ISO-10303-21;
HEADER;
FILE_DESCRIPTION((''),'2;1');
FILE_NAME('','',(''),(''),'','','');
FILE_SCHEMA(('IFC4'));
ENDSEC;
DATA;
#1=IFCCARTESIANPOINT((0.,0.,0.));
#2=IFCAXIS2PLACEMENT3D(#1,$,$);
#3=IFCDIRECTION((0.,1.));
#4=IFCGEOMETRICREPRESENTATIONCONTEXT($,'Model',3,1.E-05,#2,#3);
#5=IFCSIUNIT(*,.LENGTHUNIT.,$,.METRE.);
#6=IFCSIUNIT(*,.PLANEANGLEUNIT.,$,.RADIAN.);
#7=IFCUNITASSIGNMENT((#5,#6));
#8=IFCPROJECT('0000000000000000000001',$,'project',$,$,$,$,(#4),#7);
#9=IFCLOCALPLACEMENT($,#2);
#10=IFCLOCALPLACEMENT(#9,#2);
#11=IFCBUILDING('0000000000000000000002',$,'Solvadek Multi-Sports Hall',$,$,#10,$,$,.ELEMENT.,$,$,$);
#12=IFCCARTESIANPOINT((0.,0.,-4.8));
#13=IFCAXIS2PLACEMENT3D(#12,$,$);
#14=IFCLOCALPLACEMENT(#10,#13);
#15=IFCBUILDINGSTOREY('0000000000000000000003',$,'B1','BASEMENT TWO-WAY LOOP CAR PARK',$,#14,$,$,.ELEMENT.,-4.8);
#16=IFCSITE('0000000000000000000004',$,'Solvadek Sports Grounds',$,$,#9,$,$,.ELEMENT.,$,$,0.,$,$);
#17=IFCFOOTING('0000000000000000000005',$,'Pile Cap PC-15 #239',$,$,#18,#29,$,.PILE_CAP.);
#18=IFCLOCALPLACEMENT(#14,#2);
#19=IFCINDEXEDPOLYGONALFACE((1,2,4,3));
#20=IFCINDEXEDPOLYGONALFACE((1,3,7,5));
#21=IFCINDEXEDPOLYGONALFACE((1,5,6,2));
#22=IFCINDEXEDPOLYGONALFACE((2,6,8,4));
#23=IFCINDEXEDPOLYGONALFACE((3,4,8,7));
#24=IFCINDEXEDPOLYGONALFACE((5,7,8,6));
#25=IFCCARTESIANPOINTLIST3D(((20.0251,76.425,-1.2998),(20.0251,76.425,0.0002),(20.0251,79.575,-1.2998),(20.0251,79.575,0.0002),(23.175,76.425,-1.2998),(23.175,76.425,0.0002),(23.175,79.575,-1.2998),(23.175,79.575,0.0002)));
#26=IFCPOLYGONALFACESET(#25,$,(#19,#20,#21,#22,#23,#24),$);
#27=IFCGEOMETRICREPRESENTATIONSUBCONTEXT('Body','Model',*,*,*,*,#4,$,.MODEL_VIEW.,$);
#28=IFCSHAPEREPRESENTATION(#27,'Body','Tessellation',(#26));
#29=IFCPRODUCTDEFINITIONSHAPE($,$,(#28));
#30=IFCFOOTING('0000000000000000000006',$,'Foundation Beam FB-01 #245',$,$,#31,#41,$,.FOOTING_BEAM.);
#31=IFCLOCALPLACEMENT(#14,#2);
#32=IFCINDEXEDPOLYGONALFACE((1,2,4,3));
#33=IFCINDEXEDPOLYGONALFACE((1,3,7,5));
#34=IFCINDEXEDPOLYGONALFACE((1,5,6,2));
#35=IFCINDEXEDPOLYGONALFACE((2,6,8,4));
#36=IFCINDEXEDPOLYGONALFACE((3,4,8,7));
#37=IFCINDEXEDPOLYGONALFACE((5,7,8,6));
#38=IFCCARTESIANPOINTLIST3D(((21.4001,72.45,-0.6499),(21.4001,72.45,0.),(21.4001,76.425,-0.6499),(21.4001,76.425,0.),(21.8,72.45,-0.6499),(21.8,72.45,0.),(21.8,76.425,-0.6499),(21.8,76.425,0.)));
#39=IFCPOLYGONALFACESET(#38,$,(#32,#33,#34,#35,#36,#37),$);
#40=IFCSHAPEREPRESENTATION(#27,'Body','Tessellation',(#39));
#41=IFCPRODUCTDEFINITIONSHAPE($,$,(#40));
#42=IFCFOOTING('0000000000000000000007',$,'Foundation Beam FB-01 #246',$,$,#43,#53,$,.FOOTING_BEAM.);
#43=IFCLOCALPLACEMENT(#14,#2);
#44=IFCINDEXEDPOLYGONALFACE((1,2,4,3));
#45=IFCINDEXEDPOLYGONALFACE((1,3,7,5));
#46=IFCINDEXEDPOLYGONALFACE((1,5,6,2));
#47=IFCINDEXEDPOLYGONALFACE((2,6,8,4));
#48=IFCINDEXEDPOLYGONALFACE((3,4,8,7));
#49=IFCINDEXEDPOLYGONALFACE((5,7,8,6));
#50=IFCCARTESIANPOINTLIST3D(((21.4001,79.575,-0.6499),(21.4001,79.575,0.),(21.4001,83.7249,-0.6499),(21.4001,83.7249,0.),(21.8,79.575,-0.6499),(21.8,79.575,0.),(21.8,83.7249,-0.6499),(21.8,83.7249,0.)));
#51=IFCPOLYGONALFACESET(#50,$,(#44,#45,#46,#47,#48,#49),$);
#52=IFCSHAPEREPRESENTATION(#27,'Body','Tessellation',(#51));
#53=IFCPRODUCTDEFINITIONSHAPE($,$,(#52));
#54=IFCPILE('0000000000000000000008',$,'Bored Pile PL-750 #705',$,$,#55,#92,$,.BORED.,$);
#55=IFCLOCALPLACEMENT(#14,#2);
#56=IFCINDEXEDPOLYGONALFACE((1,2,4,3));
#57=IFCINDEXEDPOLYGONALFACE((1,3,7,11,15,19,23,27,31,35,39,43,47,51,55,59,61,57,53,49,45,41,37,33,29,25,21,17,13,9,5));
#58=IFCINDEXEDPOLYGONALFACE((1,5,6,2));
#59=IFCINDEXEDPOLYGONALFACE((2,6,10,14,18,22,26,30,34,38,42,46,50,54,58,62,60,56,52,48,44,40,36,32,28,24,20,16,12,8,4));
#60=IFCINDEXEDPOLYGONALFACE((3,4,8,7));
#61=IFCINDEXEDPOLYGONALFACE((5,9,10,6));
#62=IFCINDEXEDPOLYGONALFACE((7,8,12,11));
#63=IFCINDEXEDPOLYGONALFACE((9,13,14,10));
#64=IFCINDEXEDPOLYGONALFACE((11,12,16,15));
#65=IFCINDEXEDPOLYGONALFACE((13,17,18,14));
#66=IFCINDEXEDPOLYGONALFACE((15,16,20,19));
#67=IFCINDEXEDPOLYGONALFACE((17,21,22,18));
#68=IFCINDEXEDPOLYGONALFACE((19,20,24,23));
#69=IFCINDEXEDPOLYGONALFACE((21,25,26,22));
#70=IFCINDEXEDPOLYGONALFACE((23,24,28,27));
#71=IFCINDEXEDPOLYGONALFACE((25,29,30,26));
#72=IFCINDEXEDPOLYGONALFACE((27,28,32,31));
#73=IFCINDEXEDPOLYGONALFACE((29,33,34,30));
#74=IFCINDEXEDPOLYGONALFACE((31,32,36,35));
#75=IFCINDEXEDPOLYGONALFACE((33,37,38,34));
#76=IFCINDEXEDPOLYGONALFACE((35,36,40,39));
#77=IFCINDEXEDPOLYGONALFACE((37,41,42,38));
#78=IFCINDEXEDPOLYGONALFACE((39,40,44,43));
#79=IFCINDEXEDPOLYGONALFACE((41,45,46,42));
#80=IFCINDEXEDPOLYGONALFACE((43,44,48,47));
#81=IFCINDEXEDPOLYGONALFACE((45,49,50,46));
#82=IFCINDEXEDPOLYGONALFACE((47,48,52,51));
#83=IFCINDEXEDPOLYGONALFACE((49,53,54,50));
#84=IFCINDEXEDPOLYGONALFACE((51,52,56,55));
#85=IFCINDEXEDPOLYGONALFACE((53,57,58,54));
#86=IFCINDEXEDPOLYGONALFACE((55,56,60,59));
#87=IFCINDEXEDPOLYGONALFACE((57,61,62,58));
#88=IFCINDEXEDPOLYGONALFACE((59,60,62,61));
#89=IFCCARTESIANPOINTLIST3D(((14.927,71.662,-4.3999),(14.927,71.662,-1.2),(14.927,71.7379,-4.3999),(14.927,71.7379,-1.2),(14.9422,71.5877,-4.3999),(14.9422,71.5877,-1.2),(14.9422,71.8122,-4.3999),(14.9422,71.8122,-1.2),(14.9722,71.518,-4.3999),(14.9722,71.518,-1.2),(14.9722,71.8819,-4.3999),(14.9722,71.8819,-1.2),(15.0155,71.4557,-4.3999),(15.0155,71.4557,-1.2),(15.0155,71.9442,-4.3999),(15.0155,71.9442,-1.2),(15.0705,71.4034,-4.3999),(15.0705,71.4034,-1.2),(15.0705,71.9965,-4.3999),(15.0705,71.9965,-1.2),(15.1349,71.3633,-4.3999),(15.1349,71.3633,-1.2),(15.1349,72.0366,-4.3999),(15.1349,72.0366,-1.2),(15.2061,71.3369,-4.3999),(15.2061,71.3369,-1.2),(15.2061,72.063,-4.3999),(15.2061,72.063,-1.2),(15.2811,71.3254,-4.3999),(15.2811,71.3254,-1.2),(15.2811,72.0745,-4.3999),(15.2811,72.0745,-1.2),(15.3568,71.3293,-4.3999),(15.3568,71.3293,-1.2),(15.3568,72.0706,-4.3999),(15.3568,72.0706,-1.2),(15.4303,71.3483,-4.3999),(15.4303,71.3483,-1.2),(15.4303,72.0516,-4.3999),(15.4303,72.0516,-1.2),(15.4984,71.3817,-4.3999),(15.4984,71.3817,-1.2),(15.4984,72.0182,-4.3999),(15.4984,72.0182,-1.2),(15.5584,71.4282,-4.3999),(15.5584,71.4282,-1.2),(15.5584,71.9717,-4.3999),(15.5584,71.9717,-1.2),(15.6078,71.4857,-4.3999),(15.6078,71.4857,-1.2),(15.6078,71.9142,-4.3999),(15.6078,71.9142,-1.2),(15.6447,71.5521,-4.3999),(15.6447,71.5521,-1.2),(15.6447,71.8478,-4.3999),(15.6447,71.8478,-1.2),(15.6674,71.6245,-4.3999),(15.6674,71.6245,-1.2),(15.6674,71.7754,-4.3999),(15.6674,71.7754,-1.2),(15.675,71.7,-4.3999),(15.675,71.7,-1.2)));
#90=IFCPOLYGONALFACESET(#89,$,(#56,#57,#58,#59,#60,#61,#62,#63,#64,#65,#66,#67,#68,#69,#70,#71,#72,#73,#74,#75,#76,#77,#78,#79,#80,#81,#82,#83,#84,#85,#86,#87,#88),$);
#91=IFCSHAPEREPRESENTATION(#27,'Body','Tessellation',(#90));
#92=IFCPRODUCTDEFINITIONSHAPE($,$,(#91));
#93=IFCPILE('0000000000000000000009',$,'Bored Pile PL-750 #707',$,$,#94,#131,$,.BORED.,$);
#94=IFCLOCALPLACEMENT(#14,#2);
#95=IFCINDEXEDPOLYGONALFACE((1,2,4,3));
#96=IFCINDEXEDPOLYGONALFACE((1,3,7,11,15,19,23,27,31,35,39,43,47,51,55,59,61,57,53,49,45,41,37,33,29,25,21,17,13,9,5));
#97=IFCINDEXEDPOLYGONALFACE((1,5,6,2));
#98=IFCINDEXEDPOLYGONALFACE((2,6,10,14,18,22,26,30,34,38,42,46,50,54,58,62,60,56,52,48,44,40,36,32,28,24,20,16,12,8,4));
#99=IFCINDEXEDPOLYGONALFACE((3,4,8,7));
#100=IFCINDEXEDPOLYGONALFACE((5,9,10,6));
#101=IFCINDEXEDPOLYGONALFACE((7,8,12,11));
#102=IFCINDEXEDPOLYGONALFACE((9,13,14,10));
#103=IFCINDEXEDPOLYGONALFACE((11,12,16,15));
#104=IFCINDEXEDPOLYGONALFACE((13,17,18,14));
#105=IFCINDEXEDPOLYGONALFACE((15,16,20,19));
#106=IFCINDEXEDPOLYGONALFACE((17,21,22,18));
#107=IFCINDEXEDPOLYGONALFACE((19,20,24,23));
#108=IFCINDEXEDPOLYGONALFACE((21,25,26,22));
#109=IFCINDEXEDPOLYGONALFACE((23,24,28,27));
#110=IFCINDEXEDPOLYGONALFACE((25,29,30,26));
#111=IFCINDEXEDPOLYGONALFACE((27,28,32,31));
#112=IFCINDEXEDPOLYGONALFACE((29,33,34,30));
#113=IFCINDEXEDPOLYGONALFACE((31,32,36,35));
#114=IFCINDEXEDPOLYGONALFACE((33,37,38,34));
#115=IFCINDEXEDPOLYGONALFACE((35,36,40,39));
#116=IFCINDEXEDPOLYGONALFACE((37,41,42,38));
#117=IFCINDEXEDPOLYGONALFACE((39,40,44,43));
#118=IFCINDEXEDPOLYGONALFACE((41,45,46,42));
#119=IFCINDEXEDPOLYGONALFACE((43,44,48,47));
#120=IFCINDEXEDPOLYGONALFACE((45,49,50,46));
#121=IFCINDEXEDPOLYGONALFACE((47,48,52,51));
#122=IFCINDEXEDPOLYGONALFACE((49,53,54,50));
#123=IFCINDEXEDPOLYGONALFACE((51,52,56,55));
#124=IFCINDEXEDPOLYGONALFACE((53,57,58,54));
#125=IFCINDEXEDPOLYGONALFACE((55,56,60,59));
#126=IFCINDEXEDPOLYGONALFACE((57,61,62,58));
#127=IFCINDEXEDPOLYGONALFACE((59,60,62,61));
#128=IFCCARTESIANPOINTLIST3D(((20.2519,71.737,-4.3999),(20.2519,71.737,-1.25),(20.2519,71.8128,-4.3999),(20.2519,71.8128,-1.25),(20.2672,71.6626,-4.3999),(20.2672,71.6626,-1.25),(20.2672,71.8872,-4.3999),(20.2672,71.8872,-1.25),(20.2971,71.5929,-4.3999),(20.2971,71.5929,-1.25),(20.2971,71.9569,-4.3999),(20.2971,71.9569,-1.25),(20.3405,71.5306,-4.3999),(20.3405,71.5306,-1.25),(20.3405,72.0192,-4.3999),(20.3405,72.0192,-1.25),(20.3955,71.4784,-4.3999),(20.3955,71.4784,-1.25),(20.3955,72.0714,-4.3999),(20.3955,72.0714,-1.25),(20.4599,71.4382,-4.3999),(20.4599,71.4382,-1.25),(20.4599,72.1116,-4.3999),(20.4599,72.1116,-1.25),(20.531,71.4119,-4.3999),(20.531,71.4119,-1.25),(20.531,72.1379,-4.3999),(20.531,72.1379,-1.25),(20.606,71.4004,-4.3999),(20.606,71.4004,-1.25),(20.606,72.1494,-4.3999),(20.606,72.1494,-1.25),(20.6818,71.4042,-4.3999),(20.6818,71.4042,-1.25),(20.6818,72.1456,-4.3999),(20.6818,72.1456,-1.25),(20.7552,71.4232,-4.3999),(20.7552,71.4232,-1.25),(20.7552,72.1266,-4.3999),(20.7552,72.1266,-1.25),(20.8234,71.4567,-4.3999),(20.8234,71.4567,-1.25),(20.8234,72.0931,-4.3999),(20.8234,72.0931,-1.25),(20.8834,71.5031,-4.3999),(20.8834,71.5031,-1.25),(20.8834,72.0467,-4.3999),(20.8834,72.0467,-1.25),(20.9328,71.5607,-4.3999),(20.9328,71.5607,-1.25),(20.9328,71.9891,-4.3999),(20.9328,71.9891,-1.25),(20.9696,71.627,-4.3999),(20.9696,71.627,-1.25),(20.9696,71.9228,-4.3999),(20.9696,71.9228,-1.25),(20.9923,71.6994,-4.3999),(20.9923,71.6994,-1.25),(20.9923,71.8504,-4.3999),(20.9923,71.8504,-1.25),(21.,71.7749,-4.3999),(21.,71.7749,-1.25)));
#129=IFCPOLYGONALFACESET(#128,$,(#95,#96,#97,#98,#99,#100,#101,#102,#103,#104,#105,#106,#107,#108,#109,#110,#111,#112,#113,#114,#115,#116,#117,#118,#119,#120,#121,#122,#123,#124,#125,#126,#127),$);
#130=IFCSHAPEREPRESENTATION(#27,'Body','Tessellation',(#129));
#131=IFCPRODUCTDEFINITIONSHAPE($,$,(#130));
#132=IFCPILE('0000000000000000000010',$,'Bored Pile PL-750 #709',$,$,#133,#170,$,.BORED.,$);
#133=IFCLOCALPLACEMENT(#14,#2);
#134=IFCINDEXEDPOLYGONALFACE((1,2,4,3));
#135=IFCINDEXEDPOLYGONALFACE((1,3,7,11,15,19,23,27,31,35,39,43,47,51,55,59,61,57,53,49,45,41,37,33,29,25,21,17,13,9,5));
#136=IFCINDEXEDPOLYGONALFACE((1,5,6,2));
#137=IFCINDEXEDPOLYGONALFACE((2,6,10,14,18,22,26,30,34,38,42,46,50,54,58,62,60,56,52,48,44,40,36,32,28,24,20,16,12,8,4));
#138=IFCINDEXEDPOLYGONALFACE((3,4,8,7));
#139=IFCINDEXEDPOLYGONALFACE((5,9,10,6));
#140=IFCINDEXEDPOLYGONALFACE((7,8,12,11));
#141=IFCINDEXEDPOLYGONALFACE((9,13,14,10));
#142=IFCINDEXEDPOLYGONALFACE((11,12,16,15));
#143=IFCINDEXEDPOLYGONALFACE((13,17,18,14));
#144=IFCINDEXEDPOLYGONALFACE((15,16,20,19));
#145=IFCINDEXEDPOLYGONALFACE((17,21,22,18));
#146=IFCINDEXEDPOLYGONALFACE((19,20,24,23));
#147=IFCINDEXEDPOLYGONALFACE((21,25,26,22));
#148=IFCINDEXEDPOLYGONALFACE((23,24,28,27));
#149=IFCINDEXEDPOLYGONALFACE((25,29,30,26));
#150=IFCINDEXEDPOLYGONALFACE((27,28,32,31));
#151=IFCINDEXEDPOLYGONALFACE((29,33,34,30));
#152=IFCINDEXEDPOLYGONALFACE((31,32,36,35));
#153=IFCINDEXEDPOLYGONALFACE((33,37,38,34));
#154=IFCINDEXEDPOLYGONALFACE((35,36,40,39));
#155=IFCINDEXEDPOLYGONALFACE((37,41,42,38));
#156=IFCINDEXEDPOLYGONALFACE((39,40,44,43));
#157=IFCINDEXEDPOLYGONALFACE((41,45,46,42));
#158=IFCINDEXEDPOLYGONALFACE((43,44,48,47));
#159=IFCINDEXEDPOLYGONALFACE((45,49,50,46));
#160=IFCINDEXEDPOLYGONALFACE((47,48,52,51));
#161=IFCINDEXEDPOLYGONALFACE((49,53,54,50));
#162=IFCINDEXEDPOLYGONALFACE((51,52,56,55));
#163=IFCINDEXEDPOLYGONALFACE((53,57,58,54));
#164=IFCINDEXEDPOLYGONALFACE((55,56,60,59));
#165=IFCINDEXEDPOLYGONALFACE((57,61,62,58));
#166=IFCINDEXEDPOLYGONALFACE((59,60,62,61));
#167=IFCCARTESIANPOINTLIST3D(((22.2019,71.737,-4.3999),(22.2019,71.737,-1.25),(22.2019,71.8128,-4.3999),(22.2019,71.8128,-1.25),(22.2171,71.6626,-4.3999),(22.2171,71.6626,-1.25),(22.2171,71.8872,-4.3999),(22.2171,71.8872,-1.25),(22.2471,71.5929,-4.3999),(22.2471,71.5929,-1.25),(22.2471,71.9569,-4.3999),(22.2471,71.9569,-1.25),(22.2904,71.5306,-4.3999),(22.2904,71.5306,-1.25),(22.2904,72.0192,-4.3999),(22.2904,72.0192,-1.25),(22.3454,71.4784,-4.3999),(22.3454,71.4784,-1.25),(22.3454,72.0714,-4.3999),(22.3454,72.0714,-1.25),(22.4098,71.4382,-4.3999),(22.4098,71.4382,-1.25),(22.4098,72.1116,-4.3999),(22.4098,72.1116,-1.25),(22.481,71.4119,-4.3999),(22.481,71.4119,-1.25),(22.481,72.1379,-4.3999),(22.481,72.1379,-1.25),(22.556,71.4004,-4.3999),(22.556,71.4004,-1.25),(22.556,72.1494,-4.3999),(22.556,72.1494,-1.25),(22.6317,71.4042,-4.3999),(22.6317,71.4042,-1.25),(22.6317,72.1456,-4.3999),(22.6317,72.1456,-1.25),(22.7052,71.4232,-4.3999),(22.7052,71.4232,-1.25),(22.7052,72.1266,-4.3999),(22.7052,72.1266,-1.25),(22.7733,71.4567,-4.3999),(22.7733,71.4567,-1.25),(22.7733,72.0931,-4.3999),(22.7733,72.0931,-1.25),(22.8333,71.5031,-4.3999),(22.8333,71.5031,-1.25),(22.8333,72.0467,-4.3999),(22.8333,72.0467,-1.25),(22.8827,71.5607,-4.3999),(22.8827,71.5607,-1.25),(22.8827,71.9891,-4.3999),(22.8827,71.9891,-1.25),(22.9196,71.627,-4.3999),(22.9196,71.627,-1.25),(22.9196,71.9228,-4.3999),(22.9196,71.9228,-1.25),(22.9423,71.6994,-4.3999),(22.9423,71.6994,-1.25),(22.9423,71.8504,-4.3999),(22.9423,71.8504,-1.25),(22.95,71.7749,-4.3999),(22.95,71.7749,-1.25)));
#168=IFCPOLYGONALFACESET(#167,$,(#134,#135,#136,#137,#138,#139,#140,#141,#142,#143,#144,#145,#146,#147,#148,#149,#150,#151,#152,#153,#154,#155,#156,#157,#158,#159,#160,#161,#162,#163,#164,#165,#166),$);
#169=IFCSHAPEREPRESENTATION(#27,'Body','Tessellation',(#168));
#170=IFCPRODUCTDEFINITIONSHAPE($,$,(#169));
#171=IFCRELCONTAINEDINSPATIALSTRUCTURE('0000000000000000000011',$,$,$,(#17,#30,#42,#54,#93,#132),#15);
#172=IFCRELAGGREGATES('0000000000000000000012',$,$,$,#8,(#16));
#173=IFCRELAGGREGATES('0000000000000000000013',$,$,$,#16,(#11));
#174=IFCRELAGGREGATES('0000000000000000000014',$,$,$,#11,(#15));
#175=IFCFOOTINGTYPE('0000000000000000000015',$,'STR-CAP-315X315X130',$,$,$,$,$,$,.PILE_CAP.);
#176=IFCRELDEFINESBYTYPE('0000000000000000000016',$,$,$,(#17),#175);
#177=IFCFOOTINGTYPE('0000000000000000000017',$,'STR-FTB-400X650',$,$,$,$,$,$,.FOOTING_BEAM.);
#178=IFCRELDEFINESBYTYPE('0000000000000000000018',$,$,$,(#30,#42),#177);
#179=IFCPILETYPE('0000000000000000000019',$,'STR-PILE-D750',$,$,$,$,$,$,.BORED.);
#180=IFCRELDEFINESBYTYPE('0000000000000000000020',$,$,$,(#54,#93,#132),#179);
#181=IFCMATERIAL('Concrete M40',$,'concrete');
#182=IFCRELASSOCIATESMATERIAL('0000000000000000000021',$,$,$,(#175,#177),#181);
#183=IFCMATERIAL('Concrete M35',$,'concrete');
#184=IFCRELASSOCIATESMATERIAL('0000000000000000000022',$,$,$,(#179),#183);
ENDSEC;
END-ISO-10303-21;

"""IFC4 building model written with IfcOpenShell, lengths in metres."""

from ifc_helpers import new_model, si_unit, direction, frame, origin, origin_2d, place, context, subcontext, project, spatial, rectangle, circle, extrude, material, material_profile, profile_set, type_object, element, save


model = new_model("IFC4")

# Units and contexts
model_context = context("Model", 3, precision=1e-05, world=origin(), true_north=direction((0.0, 1.0)))
body_context = subcontext(model_context, "Body", "Model", "MODEL_VIEW")
ifc_project = project(units=[si_unit("LENGTHUNIT", "METRE"), si_unit("PLANEANGLEUNIT", "RADIAN")], contexts=[model_context])

# Site, building, storey
site_placement = place(None, origin())
site = spatial("IfcSite", under=ifc_project, at=site_placement, Name="Solvadek Sports Grounds", CompositionType="ELEMENT", RefElevation=0.0)
building_placement = place(site_placement, origin())
building = spatial("IfcBuilding", under=site, at=building_placement, Name="Solvadek Multi-Sports Hall", CompositionType="ELEMENT")
storey_placement = place(building_placement, frame((0.0, 0.0, -4.8)))
storey = spatial("IfcBuildingStorey", under=building, at=storey_placement, Name="B1", Description="BASEMENT TWO-WAY LOOP CAR PARK", CompositionType="ELEMENT", Elevation=-4.8)

# Footings
ifc_material_1 = material(Name="Concrete M40", Category="concrete")
footing_type_1 = type_object("IfcFootingType", Name="STR-CAP-315X315X130", PredefinedType="PILE_CAP", material=ifc_material_1)
footing_1_placement = place(storey_placement, frame((21.6001, 78.0, -1.2998), z_axis=(0.0, 0.0, 1.0), x_axis=(1.0, 0.0, 0.0)))
element("IfcFooting", 1, at=footing_1_placement, inside=storey, type_object=footing_type_1, Name="Pile Cap PC-15 #239", PredefinedType="PILE_CAP", context=body_context, shape_type="SweptSolid", body=[
    extrude(rectangle(XDim=3.1499, YDim=3.1499, at=origin_2d()), origin(), (0.0, 0.0, 1.0), 1.3),
])
footing_type_2 = type_object("IfcFootingType", Name="STR-FTB-400X650", PredefinedType="FOOTING_BEAM", material=ifc_material_1)
footing_2_placement = place(storey_placement, frame((21.6001, 74.4375, -0.6499), z_axis=(0.0, 0.0, 1.0), x_axis=(0.0, 1.0, 0.0)))
element("IfcFooting", 2, at=footing_2_placement, inside=storey, type_object=footing_type_2, Name="Foundation Beam FB-01 #245", PredefinedType="FOOTING_BEAM", context=body_context, shape_type="SweptSolid", body=[
    extrude(rectangle(XDim=3.9751, YDim=0.3999, at=origin_2d()), origin(), (0.0, 0.0, 1.0), 0.6499),
])
footing_3_placement = place(storey_placement, frame((21.6001, 81.6499, -0.6499), z_axis=(0.0, 0.0, 1.0), x_axis=(0.0, 1.0, 0.0)))
element("IfcFooting", 3, at=footing_3_placement, inside=storey, type_object=footing_type_2, Name="Foundation Beam FB-01 #246", PredefinedType="FOOTING_BEAM", context=body_context, shape_type="SweptSolid", body=[
    extrude(rectangle(XDim=4.1499, YDim=0.3999, at=origin_2d()), origin(), (0.0, 0.0, 1.0), 0.6499),
])

# Piles
ifc_material_2 = material(Name="Concrete M35", Category="concrete")
ifc_material_profile_1 = material_profile(ifc_material_2, circle(Radius=0.375, at=origin_2d()), Name="BORED PILE D750")
ifc_profile_set_1 = profile_set([ifc_material_profile_1], Name="Concrete M35")
pile_type_1 = type_object("IfcPileType", Name="STR-PILE-D750", PredefinedType="BORED", material=ifc_profile_set_1)
pile_1_placement = place(storey_placement, frame((15.3, 71.7, -1.2), z_axis=(0.0, 0.0, -1.0), x_axis=(1.0, 0.0, 0.0)))
element("IfcPile", 4, at=pile_1_placement, inside=storey, type_object=pile_type_1, Name="Bored Pile PL-750 #705", PredefinedType="BORED", context=body_context, shape_type="SweptSolid", body=[
    extrude(circle(Radius=0.375, at=origin_2d()), origin(), (0.0, 0.0, 1.0), 3.2),
])
for number, where, z_axis, x_axis, name in (
    (5, (20.625, 71.7749, -1.25), (0.0, 0.0, -1.0), (1.0, 0.0, 0.0), "Bored Pile PL-750 #707"),
    (6, (22.575, 71.7749, -1.25), (0.0, 0.0, -1.0), (1.0, 0.0, 0.0), "Bored Pile PL-750 #709"),
):
    element("IfcPile", number, at=place(storey_placement, frame(where, z_axis=z_axis, x_axis=x_axis)), inside=storey, type_object=pile_type_1, Name=name, PredefinedType="BORED", context=body_context, shape_type="SweptSolid", body=[
        extrude(circle(Radius=0.375, at=origin_2d()), origin(), (0.0, 0.0, 1.0), 3.1499),
    ])

save(model, "model.ifc")
